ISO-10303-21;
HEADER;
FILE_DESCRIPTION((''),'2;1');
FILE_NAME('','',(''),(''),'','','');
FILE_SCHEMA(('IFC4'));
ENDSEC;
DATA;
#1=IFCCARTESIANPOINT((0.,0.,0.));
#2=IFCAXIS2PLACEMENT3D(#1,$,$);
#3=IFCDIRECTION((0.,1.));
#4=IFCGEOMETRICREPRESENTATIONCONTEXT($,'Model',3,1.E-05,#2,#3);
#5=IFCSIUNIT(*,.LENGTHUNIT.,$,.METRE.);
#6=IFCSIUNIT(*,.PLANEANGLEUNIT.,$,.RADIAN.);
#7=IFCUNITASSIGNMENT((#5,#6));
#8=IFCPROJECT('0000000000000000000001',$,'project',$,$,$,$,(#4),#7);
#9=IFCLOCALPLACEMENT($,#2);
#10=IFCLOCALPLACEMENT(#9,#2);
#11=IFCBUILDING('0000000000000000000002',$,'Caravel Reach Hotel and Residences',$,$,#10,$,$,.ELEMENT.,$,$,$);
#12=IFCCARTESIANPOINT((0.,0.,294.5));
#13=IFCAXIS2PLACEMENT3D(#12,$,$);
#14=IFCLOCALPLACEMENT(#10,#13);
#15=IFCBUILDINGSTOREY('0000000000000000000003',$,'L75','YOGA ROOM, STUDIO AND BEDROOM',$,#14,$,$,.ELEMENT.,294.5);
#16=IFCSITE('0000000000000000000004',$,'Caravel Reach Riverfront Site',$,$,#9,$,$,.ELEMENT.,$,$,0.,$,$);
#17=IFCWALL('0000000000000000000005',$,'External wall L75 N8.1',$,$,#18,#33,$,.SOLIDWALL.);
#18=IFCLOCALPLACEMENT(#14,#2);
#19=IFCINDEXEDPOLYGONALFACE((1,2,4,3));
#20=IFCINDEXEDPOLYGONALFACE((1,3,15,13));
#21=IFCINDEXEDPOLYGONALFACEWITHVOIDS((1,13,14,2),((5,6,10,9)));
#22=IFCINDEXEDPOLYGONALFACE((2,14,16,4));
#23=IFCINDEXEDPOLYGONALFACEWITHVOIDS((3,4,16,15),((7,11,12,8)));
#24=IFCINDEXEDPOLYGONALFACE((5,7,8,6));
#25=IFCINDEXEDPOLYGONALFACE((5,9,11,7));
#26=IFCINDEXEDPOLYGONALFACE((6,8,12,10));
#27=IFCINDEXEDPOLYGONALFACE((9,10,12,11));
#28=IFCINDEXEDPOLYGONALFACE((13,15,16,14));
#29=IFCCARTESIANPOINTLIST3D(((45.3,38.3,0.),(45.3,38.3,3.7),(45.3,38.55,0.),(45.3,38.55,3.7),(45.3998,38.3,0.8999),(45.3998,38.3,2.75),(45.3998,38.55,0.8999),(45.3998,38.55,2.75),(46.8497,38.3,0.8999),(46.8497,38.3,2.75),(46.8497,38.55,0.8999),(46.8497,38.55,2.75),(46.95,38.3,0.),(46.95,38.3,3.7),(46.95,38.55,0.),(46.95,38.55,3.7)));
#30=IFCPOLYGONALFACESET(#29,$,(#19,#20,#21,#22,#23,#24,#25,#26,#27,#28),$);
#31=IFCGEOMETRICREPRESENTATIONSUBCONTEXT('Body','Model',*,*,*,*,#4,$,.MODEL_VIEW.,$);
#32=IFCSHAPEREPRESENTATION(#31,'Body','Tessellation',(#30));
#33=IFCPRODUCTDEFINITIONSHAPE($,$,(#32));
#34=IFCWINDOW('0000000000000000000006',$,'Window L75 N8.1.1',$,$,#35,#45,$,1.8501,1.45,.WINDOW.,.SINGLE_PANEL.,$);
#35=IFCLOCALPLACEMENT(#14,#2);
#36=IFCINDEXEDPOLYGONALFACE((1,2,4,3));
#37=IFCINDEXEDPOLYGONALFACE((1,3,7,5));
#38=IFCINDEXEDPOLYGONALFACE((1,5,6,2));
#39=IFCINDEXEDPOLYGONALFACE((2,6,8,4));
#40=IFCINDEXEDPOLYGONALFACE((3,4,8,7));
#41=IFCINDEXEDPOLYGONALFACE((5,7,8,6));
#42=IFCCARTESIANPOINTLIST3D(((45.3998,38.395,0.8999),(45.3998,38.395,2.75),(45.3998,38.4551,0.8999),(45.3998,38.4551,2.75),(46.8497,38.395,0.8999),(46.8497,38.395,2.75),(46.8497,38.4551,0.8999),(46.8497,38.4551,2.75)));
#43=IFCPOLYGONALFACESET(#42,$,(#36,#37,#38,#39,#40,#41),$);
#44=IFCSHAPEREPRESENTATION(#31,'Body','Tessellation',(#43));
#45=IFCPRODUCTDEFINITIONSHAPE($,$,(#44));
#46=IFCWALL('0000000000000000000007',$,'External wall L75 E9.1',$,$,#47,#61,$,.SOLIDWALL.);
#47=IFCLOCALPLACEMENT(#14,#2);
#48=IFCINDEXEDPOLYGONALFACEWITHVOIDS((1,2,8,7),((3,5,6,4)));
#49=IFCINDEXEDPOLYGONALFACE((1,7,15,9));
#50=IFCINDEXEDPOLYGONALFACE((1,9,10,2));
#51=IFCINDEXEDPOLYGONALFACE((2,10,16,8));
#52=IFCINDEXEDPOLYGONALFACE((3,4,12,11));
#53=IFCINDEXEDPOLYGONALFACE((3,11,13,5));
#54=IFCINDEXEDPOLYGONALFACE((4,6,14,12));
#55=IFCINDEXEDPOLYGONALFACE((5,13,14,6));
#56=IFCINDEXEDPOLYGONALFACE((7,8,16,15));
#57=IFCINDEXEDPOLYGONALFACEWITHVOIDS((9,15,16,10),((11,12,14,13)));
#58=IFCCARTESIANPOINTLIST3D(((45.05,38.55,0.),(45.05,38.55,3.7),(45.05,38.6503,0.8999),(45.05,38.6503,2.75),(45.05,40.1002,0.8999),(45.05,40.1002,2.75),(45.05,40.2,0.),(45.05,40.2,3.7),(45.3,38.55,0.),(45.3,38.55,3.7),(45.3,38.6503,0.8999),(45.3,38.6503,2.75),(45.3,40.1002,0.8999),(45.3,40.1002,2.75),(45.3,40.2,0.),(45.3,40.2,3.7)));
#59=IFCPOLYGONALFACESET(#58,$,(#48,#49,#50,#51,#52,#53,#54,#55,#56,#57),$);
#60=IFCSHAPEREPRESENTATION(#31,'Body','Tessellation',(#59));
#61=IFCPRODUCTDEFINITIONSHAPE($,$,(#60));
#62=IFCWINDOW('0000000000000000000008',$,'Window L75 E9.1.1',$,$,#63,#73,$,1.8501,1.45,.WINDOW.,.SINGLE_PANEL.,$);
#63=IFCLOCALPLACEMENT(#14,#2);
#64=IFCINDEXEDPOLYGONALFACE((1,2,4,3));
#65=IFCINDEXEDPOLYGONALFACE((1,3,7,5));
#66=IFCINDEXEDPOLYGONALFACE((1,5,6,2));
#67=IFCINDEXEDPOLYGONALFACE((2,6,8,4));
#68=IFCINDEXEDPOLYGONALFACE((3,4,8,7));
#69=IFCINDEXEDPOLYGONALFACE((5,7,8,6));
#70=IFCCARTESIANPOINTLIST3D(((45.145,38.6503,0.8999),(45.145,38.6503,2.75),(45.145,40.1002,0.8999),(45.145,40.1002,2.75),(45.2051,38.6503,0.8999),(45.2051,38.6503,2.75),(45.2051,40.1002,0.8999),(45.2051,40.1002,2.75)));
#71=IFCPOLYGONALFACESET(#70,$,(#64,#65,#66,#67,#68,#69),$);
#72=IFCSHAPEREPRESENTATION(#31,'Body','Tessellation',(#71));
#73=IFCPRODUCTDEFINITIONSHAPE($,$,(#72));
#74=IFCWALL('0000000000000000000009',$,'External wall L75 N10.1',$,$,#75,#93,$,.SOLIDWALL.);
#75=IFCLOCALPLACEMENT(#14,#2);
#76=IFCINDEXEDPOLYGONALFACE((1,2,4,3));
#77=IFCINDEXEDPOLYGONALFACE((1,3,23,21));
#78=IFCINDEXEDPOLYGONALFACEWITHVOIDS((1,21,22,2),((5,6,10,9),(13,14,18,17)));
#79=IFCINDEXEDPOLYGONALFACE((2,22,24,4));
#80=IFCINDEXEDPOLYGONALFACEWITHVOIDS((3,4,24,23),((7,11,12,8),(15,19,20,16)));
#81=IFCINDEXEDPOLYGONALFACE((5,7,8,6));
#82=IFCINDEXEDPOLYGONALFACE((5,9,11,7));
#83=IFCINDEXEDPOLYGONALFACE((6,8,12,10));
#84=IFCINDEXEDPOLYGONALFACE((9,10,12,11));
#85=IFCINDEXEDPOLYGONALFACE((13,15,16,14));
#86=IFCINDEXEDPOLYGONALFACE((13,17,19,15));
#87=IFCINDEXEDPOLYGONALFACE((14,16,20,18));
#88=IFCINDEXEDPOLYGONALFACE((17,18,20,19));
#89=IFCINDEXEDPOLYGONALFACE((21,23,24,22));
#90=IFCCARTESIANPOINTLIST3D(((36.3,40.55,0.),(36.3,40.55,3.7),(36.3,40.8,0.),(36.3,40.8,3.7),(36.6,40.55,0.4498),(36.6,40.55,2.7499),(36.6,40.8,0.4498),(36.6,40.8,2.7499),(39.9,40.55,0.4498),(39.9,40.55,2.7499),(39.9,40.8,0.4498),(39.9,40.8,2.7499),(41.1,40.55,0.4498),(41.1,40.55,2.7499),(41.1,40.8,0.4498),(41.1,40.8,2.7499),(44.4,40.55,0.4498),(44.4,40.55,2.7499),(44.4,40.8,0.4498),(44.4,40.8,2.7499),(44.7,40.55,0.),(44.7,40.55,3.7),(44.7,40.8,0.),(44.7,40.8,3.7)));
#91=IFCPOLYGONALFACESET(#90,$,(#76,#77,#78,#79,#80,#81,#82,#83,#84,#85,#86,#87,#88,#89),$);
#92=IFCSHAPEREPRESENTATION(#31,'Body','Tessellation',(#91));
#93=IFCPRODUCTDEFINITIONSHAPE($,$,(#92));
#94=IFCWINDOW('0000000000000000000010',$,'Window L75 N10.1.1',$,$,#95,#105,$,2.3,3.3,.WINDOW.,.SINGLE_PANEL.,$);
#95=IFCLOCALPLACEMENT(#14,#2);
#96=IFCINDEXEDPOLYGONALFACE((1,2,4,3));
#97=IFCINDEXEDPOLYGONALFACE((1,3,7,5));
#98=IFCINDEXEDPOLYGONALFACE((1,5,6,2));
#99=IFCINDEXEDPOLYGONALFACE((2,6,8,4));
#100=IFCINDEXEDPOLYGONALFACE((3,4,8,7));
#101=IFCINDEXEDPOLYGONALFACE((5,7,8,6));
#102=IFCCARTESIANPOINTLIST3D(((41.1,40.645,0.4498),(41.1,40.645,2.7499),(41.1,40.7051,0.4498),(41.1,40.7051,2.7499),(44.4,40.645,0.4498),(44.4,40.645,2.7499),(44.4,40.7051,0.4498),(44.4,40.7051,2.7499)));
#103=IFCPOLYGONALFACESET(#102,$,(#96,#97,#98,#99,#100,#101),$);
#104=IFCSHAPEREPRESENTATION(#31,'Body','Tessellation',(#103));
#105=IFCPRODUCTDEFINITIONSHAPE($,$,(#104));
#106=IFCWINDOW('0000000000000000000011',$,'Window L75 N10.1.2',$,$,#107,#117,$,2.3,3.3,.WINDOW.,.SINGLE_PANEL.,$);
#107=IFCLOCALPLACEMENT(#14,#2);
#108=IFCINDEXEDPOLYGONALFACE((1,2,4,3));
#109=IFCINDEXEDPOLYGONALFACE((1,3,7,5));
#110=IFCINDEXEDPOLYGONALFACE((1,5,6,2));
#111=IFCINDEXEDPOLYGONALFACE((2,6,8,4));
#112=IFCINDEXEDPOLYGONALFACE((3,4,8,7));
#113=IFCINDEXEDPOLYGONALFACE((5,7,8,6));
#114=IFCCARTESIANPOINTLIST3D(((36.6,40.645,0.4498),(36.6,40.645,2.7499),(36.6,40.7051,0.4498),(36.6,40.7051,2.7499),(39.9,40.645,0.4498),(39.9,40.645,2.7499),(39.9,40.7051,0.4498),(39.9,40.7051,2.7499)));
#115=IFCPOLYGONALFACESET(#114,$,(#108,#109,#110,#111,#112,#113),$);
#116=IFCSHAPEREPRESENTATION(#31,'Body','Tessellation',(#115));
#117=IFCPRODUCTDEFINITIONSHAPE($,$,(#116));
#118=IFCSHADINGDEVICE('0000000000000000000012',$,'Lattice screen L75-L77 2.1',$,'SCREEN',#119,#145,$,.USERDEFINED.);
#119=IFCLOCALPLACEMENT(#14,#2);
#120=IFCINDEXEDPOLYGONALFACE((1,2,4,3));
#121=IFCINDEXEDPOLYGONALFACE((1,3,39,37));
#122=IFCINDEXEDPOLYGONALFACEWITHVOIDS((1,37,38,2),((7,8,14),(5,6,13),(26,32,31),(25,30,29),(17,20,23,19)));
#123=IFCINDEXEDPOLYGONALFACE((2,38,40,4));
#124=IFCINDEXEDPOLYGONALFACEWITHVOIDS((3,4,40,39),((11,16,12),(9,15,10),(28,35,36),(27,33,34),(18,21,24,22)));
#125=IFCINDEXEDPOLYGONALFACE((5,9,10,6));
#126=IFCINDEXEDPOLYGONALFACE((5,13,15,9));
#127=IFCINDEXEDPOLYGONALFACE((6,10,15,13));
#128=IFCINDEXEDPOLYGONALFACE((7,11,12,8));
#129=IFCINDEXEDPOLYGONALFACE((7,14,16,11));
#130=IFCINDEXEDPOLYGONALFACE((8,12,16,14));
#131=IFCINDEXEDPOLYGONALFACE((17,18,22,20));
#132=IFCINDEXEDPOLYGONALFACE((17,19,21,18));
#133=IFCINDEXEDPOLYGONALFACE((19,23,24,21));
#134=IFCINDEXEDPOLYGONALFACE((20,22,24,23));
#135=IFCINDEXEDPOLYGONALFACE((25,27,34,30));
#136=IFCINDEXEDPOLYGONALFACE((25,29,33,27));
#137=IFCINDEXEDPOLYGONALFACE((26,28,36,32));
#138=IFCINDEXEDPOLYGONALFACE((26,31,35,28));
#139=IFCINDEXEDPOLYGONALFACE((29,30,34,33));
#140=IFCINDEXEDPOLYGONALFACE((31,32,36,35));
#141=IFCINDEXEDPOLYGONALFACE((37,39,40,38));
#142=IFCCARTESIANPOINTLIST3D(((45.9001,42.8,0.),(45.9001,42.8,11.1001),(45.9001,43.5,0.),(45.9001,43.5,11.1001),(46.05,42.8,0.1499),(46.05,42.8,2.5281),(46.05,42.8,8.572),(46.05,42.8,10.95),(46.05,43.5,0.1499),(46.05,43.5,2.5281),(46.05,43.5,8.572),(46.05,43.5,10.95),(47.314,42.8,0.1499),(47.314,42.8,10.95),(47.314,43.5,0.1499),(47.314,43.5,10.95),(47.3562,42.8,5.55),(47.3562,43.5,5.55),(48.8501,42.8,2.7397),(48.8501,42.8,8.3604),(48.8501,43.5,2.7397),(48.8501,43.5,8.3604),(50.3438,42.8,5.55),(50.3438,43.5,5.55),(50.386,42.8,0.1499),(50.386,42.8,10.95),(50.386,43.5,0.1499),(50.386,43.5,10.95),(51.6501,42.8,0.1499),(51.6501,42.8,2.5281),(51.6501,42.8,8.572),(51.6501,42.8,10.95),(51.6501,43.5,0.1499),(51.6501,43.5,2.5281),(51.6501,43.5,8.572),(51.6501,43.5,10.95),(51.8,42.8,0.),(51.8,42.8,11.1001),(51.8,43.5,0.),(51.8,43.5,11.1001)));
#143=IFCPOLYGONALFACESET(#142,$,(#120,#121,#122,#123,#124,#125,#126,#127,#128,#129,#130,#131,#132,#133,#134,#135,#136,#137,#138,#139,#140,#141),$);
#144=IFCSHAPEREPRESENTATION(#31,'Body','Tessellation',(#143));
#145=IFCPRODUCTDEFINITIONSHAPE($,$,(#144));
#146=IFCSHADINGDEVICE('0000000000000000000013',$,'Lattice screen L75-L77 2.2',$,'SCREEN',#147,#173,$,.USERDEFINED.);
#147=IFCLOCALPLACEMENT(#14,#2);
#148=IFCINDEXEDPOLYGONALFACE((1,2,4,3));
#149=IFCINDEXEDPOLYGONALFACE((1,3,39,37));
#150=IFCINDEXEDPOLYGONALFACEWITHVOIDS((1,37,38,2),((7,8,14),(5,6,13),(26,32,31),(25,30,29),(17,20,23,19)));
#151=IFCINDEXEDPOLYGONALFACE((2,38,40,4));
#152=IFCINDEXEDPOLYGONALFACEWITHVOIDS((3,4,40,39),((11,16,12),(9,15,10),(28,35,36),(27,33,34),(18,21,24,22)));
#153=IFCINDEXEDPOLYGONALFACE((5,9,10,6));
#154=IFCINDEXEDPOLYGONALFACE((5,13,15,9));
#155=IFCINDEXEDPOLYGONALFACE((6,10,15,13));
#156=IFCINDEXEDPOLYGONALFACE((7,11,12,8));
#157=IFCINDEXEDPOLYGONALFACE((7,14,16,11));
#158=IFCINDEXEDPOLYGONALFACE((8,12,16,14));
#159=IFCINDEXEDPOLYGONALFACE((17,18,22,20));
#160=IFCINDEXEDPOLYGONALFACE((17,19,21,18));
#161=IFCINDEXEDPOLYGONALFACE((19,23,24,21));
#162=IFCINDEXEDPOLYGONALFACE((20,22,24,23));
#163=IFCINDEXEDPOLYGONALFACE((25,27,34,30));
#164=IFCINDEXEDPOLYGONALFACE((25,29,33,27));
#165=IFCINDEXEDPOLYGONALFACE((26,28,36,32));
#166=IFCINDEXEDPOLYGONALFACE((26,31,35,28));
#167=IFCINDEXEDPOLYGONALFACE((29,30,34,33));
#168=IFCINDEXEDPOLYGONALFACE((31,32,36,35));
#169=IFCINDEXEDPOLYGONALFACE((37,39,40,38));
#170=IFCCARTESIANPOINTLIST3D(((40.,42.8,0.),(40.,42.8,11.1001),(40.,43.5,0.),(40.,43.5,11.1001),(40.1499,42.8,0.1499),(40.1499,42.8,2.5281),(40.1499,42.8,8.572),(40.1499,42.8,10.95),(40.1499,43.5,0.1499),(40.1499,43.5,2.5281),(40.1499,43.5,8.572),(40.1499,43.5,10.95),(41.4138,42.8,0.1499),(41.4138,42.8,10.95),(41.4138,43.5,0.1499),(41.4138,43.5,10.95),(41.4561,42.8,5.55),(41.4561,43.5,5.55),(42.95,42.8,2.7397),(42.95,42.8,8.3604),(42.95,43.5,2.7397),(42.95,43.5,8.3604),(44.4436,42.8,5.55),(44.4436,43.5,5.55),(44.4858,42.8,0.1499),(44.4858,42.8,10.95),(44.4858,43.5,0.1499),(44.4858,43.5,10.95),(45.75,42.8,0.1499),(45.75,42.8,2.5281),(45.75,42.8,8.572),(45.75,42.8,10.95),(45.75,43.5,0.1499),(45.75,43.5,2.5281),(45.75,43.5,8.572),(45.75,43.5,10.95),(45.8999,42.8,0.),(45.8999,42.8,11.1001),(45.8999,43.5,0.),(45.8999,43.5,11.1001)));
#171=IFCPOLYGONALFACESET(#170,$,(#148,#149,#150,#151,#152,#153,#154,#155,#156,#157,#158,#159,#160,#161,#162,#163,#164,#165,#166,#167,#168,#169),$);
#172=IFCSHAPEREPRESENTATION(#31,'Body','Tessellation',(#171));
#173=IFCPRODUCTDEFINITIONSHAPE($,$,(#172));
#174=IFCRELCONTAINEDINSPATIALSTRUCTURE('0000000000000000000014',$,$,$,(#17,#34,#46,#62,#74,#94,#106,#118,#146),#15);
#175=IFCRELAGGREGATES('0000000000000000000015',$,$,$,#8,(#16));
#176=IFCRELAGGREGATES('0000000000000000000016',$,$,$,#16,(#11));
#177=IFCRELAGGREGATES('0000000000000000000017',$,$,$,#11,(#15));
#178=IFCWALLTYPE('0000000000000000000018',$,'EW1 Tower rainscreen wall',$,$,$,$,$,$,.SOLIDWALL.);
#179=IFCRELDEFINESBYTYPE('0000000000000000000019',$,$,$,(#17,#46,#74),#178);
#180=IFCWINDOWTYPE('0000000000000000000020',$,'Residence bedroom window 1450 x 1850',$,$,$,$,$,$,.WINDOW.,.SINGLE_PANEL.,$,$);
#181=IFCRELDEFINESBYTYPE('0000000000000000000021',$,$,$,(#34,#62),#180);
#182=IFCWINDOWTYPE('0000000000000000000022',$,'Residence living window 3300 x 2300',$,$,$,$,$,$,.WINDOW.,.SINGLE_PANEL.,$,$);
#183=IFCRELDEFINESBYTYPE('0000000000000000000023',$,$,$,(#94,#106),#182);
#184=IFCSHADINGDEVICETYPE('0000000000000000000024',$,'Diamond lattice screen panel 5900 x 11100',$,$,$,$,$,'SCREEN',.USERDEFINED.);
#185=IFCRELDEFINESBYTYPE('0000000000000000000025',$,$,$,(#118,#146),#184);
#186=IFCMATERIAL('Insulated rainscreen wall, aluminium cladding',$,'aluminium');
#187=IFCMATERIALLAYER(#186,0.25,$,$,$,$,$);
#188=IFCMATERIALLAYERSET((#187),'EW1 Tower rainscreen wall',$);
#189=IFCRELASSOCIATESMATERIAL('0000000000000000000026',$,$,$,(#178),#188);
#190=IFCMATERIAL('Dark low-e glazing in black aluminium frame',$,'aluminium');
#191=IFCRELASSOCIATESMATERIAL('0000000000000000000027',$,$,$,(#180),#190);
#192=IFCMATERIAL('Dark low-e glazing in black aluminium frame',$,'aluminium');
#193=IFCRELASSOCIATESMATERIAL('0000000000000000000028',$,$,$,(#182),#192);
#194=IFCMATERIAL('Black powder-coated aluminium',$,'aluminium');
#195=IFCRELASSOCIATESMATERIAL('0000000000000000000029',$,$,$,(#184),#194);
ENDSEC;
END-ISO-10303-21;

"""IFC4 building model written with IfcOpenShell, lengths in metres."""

from ifc_helpers import new_model, si_unit, direction, frame, frame_2d, origin, place, context, subcontext, project, spatial, polyline, rectangle, outline, extrude, material, layer, layer_set, type_object, element, fill, save


model = new_model("IFC4")

# Units and contexts
model_context = context("Model", 3, precision=1e-05, world=origin(), true_north=direction((0.0, 1.0)))
body_context = subcontext(model_context, "Body", "Model", "MODEL_VIEW")
ifc_project = project(units=[si_unit("LENGTHUNIT", "METRE"), si_unit("PLANEANGLEUNIT", "RADIAN")], contexts=[model_context])

# Site, building, storey
site_placement = place(None, origin())
site = spatial("IfcSite", under=ifc_project, at=site_placement, Name="Caravel Reach Riverfront Site", CompositionType="ELEMENT", RefElevation=0.0)
building_placement = place(site_placement, origin())
building = spatial("IfcBuilding", under=site, at=building_placement, Name="Caravel Reach Hotel and Residences", CompositionType="ELEMENT")
storey_placement = place(building_placement, frame((0.0, 0.0, 294.5)))
storey = spatial("IfcBuildingStorey", under=building, at=storey_placement, Name="L75", Description="YOGA ROOM, STUDIO AND BEDROOM", CompositionType="ELEMENT", Elevation=294.5)

# Walls, openings, windows
ifc_material_1 = material(Name="Insulated rainscreen wall, aluminium cladding", Category="aluminium")
ifc_layer = layer(ifc_material_1, 0.25)
ifc_layer_set = layer_set([ifc_layer], Name="EW1 Tower rainscreen wall")
wall_type = type_object("IfcWallType", Name="EW1 Tower rainscreen wall", PredefinedType="SOLIDWALL", material=ifc_layer_set)
ifc_material_2 = material(Name="Dark low-e glazing in black aluminium frame", Category="aluminium")
window_type_1 = type_object("IfcWindowType", Name="Residence bedroom window 1450 x 1850", PartitioningType="SINGLE_PANEL", PredefinedType="WINDOW", material=ifc_material_2)
wall_1_placement = place(storey_placement, frame((46.95, 38.425, 0.0), z_axis=(0.0, 0.0, 1.0), x_axis=(-1.0, 0.0, 0.0)))
wall_1 = element("IfcWall", 1, at=wall_1_placement, inside=storey, type_object=wall_type, Name="External wall L75 N8.1", PredefinedType="SOLIDWALL", context=body_context, shape_type="SweptSolid", body=[
    extrude(rectangle(XDim=1.6499, YDim=0.25, at=frame_2d((0.825, 0.0))), origin(), (0.0, 0.0, 1.0), 3.7),
])
opening_1_placement = place(wall_1_placement, frame((0.1001, 0.0, 0.8999)))
opening_1 = element("IfcOpeningElement", 2, at=opening_1_placement, cuts=wall_1, PredefinedType="OPENING", context=body_context, shape_type="SweptSolid", body=[
    extrude(rectangle(XDim=1.45, YDim=1.8501, at=frame_2d((0.7251, 0.925))), frame((0.0, 0.135, 0.0), z_axis=(0.0, -1.0, 0.0), x_axis=(1.0, 0.0, 0.0)), (0.0, 0.0, 1.0), 0.27),
])
window_1_placement = place(opening_1_placement, origin())
window_1 = element("IfcWindow", 3, at=window_1_placement, inside=storey, type_object=window_type_1, Name="Window L75 N8.1.1", OverallHeight=1.8501, OverallWidth=1.45, PartitioningType="SINGLE_PANEL", PredefinedType="WINDOW", context=body_context, shape_type="SweptSolid", body=[
    extrude(rectangle(XDim=1.45, YDim=1.8501, at=frame_2d((0.7251, 0.925))), frame((0.0, 0.03, 0.0), z_axis=(0.0, -1.0, 0.0), x_axis=(1.0, 0.0, 0.0)), (0.0, 0.0, 1.0), 0.0601),
])
fill(opening_1, window_1)
wall_2_placement = place(storey_placement, frame((45.175, 38.55, 0.0), z_axis=(0.0, 0.0, 1.0), x_axis=(0.0, 1.0, 0.0)))
wall_2 = element("IfcWall", 4, at=wall_2_placement, inside=storey, type_object=wall_type, Name="External wall L75 E9.1", PredefinedType="SOLIDWALL", context=body_context, shape_type="SweptSolid", body=[
    extrude(rectangle(XDim=1.6499, YDim=0.25, at=frame_2d((0.825, 0.0))), origin(), (0.0, 0.0, 1.0), 3.7),
])
opening_2_placement = place(wall_2_placement, frame((0.1001, 0.0, 0.8999)))
opening_2 = element("IfcOpeningElement", 5, at=opening_2_placement, cuts=wall_2, PredefinedType="OPENING", context=body_context, shape_type="SweptSolid", body=[
    extrude(rectangle(XDim=1.45, YDim=1.8501, at=frame_2d((0.7251, 0.925))), frame((0.0, 0.135, 0.0), z_axis=(0.0, -1.0, 0.0), x_axis=(1.0, 0.0, 0.0)), (0.0, 0.0, 1.0), 0.27),
])
window_2_placement = place(opening_2_placement, origin())
window_2 = element("IfcWindow", 6, at=window_2_placement, inside=storey, type_object=window_type_1, Name="Window L75 E9.1.1", OverallHeight=1.8501, OverallWidth=1.45, PartitioningType="SINGLE_PANEL", PredefinedType="WINDOW", context=body_context, shape_type="SweptSolid", body=[
    extrude(rectangle(XDim=1.45, YDim=1.8501, at=frame_2d((0.7251, 0.925))), frame((0.0, 0.03, 0.0), z_axis=(0.0, -1.0, 0.0), x_axis=(1.0, 0.0, 0.0)), (0.0, 0.0, 1.0), 0.0601),
])
fill(opening_2, window_2)

# Wall, openings, windows
wall_3_placement = place(storey_placement, frame((44.7, 40.675, 0.0), z_axis=(0.0, 0.0, 1.0), x_axis=(-1.0, 0.0, 0.0)))
wall_3 = element("IfcWall", 7, at=wall_3_placement, inside=storey, type_object=wall_type, Name="External wall L75 N10.1", PredefinedType="SOLIDWALL", context=body_context, shape_type="SweptSolid", body=[
    extrude(rectangle(XDim=8.3999, YDim=0.25, at=frame_2d((4.2, 0.0))), origin(), (0.0, 0.0, 1.0), 3.7),
])
opening_3_placement = place(wall_3_placement, frame((0.3, 0.0, 0.45)))
opening_3 = element("IfcOpeningElement", 8, at=opening_3_placement, cuts=wall_3, PredefinedType="OPENING", context=body_context, shape_type="SweptSolid", body=[
    extrude(rectangle(XDim=3.3, YDim=2.3, at=frame_2d((1.6499, 1.1499))), frame((0.0, 0.135, 0.0), z_axis=(0.0, -1.0, 0.0), x_axis=(1.0, 0.0, 0.0)), (0.0, 0.0, 1.0), 0.27),
])
opening_4_placement = place(wall_3_placement, frame((4.8, 0.0, 0.45)))
opening_4 = element("IfcOpeningElement", 9, at=opening_4_placement, cuts=wall_3, PredefinedType="OPENING", context=body_context, shape_type="SweptSolid", body=[
    extrude(rectangle(XDim=3.3, YDim=2.3, at=frame_2d((1.6499, 1.1499))), frame((0.0, 0.135, 0.0), z_axis=(0.0, -1.0, 0.0), x_axis=(1.0, 0.0, 0.0)), (0.0, 0.0, 1.0), 0.27),
])
ifc_material_3 = material(Name="Dark low-e glazing in black aluminium frame", Category="aluminium")
window_type_2 = type_object("IfcWindowType", Name="Residence living window 3300 x 2300", PartitioningType="SINGLE_PANEL", PredefinedType="WINDOW", material=ifc_material_3)
window_3_placement = place(opening_3_placement, origin())
window_3 = element("IfcWindow", 10, at=window_3_placement, inside=storey, type_object=window_type_2, Name="Window L75 N10.1.1", OverallHeight=2.3, OverallWidth=3.3, PartitioningType="SINGLE_PANEL", PredefinedType="WINDOW", context=body_context, shape_type="SweptSolid", body=[
    extrude(rectangle(XDim=3.3, YDim=2.3, at=frame_2d((1.6499, 1.1499))), frame((0.0, 0.03, 0.0), z_axis=(0.0, -1.0, 0.0), x_axis=(1.0, 0.0, 0.0)), (0.0, 0.0, 1.0), 0.0601),
])
fill(opening_3, window_3)
window_4_placement = place(opening_4_placement, origin())
window_4 = element("IfcWindow", 11, at=window_4_placement, inside=storey, type_object=window_type_2, Name="Window L75 N10.1.2", OverallHeight=2.3, OverallWidth=3.3, PartitioningType="SINGLE_PANEL", PredefinedType="WINDOW", context=body_context, shape_type="SweptSolid", body=[
    extrude(rectangle(XDim=3.3, YDim=2.3, at=frame_2d((1.6499, 1.1499))), frame((0.0, 0.03, 0.0), z_axis=(0.0, -1.0, 0.0), x_axis=(1.0, 0.0, 0.0)), (0.0, 0.0, 1.0), 0.0601),
])
fill(opening_4, window_4)

# Shading devices
ifc_material_4 = material(Name="Black powder-coated aluminium", Category="aluminium")
shading_device_type_1 = type_object("IfcShadingDeviceType", Name="Diamond lattice screen panel 5900 x 11100", ElementType="SCREEN", PredefinedType="USERDEFINED", material=ifc_material_4)
for number, where, z_axis, x_axis, name in (
    (12, (51.8, 42.8, 0.0), (0.0, 1.0, 0.0), (-1.0, 0.0, 0.0), "Lattice screen L75-L77 2.1"),
    (13, (45.8999, 42.8, 0.0), (0.0, 1.0, 0.0), (-1.0, 0.0, 0.0), "Lattice screen L75-L77 2.2"),
):
    element("IfcShadingDevice", number, at=place(storey_placement, frame(where, z_axis=z_axis, x_axis=x_axis)), inside=storey, type_object=shading_device_type_1, Name=name, ObjectType="SCREEN", PredefinedType="USERDEFINED", context=body_context, shape_type="SweptSolid", body=[
        extrude(outline(polyline([(0.0, 0.0), (5.8999, 0.0), (5.8999, 11.1001), (0.0, 11.1001), (0.0, 0.0)]), holes=[polyline([(1.4141, 0.1499), (0.1499, 2.5281), (0.1499, 0.1499), (1.4141, 0.1499)]), polyline([(0.1499, 8.572), (1.4141, 10.95), (0.1499, 10.95), (0.1499, 8.572)]), polyline([(2.95, 8.3604), (1.4563, 5.55), (2.95, 2.7397), (4.4438, 5.55), (2.95, 8.3604)]), polyline([(5.75, 2.5281), (4.4861, 0.1499), (5.75, 0.1499), (5.75, 2.5281)]), polyline([(4.4861, 10.95), (5.75, 8.572), (5.75, 10.95), (4.4861, 10.95)])]), origin(), (0.0, 0.0, 1.0), 0.7),
    ])

save(model, "model.ifc")
